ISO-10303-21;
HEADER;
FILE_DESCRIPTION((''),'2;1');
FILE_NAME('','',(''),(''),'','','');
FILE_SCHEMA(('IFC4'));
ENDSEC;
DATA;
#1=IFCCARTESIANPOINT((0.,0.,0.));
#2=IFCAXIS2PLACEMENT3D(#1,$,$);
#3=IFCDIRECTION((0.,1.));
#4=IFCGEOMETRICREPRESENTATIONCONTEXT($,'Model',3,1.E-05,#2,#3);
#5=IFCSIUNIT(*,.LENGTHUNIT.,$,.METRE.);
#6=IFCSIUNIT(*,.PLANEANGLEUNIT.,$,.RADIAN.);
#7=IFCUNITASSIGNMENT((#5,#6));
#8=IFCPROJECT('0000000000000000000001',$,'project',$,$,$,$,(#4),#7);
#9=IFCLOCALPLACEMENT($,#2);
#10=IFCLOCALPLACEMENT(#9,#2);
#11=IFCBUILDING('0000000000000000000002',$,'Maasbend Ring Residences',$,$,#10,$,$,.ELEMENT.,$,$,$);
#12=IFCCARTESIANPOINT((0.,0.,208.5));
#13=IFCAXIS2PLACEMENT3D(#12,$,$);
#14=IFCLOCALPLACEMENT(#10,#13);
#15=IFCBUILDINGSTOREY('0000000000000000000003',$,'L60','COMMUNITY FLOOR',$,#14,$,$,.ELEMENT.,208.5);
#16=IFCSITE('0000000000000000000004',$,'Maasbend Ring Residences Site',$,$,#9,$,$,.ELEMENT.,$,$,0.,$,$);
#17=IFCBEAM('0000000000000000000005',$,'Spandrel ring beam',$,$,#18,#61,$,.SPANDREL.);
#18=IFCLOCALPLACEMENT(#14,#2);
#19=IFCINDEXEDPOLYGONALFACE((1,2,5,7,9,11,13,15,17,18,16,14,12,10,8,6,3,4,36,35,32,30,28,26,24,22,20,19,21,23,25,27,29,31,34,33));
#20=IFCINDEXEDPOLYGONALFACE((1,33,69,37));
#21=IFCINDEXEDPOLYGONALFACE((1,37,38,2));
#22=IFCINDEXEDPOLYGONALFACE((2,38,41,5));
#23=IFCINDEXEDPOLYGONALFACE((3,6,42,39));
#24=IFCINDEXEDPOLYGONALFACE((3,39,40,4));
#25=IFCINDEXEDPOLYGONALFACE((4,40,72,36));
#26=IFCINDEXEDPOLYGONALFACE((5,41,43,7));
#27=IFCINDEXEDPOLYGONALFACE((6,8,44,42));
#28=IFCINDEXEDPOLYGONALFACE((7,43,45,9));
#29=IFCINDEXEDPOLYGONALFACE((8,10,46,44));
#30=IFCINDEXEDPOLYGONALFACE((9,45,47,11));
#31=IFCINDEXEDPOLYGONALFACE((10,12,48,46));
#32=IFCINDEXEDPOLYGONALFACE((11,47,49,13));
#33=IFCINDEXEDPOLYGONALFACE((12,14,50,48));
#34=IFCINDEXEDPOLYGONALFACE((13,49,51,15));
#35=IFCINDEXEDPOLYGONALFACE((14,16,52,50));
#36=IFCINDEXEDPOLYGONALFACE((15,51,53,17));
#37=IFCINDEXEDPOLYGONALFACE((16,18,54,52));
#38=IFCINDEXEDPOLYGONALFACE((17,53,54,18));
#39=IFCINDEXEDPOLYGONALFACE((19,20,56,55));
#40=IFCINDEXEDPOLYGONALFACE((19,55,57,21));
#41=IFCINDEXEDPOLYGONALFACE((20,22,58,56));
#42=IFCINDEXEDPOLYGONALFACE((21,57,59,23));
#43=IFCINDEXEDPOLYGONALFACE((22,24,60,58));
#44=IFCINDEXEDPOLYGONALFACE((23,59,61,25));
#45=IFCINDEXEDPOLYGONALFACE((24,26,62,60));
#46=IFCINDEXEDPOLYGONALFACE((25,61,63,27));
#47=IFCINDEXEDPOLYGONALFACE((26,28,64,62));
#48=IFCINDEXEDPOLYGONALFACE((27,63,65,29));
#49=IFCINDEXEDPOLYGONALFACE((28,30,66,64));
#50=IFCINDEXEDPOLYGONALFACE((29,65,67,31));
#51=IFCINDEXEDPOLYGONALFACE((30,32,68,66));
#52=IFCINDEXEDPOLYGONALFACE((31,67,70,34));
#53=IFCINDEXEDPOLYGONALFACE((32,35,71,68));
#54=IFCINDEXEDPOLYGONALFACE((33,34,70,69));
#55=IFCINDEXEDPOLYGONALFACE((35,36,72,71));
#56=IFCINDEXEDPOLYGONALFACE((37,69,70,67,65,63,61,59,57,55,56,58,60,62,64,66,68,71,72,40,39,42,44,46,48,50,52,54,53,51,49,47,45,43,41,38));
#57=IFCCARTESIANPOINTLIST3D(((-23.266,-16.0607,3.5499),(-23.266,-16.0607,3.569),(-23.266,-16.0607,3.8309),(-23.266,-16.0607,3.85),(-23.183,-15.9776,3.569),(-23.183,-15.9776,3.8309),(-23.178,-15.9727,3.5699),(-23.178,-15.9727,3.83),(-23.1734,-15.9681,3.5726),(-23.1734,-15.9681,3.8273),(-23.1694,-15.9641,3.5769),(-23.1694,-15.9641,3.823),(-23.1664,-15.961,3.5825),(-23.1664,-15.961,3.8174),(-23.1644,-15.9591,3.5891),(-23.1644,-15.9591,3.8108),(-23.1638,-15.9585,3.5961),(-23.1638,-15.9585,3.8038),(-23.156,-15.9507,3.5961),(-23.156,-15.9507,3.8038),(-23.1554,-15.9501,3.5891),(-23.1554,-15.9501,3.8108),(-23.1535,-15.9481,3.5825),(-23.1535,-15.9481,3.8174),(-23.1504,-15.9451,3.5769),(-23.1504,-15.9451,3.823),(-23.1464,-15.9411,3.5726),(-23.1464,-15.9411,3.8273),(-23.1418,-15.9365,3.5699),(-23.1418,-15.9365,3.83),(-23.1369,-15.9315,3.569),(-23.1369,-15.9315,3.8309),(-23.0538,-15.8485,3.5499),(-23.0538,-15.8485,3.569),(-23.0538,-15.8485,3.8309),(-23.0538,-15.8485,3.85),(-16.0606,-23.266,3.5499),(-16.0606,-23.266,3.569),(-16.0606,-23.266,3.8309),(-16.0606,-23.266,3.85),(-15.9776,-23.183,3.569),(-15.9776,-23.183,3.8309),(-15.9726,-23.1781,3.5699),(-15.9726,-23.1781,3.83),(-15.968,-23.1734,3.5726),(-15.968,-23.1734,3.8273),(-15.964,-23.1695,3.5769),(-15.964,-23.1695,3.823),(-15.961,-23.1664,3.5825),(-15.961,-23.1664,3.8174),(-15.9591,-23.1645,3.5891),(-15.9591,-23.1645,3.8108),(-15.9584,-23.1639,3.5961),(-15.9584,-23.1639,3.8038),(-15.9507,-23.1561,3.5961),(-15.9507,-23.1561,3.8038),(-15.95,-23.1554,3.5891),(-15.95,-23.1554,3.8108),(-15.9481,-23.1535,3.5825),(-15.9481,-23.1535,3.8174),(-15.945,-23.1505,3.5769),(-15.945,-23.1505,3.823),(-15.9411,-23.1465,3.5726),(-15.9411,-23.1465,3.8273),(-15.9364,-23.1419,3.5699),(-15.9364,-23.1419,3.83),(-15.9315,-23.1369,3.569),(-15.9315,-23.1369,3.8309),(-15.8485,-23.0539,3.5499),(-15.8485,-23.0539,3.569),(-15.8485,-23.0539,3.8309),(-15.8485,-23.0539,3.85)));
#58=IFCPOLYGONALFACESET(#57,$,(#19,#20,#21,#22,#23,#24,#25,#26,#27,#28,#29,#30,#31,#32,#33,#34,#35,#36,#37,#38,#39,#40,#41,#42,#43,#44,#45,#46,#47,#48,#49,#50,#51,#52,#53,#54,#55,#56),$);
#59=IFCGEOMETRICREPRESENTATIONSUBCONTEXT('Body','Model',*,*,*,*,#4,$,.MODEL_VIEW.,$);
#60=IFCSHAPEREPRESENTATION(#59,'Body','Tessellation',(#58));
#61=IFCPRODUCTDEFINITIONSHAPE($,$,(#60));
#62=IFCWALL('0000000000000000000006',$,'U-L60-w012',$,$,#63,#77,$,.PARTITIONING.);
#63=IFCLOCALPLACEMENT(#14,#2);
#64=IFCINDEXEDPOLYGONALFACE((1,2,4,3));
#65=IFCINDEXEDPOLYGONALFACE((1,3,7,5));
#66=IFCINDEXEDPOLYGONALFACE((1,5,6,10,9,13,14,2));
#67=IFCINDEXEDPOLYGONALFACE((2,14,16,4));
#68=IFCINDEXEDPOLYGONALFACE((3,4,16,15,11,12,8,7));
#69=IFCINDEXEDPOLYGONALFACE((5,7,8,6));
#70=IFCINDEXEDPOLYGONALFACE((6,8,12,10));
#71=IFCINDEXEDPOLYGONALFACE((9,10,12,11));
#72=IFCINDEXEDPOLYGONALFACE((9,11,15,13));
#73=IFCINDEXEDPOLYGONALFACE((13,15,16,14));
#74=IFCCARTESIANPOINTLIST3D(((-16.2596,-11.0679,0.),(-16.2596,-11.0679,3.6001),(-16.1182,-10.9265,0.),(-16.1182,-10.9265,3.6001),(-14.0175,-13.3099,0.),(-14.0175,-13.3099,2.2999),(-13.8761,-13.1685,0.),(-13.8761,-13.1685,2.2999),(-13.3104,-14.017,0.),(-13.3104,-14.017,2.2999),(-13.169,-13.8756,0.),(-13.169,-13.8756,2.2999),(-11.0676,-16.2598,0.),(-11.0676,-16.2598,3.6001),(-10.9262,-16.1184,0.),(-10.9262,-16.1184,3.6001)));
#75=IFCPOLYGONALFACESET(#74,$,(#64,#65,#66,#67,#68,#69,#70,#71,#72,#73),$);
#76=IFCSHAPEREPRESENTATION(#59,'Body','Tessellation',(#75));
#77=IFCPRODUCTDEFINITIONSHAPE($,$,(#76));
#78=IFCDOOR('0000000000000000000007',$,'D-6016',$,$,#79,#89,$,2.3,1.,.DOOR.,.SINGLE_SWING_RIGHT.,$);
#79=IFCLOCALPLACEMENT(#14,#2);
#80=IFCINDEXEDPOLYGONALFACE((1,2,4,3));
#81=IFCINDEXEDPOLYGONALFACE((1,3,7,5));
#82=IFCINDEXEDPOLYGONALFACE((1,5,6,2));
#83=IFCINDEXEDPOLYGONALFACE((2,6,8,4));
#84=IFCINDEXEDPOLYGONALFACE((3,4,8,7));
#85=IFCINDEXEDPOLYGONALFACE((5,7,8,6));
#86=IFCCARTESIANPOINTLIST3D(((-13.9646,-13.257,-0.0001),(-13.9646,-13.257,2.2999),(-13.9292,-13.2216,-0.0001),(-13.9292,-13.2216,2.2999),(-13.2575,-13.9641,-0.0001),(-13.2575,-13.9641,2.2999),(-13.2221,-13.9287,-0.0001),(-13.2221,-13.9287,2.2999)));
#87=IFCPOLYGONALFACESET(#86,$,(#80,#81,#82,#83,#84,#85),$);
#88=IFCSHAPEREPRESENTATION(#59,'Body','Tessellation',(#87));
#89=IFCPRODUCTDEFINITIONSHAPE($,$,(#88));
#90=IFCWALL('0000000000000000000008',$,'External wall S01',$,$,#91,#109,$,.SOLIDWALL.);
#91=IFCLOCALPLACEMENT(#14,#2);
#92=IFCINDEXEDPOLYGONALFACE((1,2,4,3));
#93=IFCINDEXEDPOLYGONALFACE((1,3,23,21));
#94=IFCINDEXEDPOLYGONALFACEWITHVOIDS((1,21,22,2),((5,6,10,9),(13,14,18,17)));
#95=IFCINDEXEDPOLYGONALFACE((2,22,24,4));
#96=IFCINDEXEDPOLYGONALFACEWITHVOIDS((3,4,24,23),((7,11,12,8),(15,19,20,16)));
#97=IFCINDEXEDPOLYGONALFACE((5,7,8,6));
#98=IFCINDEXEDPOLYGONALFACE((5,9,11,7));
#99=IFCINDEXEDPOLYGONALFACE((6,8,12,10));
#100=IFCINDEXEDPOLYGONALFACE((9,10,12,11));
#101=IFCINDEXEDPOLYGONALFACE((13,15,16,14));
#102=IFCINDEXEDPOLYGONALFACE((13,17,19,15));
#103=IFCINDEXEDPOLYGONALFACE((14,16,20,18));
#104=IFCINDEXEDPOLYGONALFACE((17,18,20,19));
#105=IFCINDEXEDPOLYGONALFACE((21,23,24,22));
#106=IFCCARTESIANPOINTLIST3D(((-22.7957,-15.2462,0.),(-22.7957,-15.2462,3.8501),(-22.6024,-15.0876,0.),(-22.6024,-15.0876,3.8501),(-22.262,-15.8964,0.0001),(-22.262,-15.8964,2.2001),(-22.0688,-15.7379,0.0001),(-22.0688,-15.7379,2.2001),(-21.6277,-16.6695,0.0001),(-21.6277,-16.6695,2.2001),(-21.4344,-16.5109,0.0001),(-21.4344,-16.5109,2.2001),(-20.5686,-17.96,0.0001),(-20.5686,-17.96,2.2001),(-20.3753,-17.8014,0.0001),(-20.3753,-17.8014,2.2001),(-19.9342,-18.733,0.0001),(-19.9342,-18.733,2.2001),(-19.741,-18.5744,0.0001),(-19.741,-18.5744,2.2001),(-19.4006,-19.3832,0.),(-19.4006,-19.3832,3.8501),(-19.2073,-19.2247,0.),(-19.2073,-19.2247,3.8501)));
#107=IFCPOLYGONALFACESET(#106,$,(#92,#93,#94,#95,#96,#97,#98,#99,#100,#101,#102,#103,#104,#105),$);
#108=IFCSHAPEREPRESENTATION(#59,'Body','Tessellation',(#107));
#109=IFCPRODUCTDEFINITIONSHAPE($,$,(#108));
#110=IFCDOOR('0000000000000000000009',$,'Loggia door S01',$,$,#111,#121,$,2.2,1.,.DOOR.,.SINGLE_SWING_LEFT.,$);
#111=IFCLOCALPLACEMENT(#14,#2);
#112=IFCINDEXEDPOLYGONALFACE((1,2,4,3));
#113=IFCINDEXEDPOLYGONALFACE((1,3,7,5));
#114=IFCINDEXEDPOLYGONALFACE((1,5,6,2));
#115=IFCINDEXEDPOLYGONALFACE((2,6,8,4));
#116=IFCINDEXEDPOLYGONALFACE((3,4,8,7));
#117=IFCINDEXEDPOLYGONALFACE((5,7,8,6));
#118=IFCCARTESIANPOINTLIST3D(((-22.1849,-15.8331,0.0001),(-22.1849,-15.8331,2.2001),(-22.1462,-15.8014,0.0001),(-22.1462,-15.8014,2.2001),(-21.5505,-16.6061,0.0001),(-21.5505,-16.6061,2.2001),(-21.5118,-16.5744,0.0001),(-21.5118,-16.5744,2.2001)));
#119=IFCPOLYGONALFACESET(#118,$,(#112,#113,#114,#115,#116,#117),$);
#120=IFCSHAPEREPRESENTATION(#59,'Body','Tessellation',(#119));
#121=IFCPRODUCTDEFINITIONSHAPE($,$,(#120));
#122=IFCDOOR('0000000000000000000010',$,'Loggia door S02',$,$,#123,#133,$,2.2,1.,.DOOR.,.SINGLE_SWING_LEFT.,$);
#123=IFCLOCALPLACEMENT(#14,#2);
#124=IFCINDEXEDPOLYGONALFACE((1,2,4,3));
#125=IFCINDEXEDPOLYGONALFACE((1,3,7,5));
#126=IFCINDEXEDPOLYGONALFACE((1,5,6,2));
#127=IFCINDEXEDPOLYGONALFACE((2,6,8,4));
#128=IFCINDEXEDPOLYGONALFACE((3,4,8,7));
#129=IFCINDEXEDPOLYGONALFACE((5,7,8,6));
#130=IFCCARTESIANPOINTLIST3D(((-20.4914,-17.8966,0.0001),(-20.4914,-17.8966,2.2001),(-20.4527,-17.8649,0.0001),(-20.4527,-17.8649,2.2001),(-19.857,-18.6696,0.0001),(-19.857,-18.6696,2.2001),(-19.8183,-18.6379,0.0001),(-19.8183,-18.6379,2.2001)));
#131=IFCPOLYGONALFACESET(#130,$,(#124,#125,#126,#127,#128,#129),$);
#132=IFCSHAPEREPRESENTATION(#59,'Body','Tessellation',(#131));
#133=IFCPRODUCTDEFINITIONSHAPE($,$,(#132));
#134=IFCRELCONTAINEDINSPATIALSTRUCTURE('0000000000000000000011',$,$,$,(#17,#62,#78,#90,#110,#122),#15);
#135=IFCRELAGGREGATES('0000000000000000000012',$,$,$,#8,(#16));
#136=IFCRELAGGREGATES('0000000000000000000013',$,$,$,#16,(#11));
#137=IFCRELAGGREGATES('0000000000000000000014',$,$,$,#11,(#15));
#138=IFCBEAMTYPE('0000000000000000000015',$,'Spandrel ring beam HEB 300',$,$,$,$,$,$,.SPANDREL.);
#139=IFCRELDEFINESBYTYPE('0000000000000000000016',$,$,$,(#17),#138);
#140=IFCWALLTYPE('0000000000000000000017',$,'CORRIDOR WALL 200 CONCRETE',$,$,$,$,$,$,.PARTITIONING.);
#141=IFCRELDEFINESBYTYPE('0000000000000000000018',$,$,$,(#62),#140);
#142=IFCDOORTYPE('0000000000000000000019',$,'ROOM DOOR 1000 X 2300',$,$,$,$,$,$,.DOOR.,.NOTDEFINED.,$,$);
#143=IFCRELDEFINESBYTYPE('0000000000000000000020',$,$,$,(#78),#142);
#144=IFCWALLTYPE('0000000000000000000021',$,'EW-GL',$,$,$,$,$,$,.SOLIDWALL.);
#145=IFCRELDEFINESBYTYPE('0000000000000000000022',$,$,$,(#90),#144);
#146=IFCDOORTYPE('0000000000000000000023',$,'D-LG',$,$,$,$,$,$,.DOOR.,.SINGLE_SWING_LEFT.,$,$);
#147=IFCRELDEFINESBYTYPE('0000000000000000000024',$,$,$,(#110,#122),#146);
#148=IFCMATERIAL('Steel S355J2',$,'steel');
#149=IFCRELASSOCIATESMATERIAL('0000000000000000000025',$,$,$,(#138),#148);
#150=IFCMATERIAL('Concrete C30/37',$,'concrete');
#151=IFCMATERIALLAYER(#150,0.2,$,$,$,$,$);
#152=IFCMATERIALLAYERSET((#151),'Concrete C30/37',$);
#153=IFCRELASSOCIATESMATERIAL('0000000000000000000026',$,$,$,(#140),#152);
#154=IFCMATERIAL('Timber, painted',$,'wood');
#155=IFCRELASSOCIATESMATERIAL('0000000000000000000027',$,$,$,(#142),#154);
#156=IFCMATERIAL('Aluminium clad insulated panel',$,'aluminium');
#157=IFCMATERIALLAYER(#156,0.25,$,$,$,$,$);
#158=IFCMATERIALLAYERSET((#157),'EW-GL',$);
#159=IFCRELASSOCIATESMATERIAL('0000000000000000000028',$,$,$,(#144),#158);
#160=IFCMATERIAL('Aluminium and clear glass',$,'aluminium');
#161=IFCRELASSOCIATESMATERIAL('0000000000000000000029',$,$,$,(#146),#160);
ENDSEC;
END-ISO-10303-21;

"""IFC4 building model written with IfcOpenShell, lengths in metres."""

from ifc_helpers import new_model, si_unit, direction, frame, frame_2d, origin, origin_2d, place, context, subcontext, project, spatial, rectangle, i_section, extrude, material, layer, layer_set, material_profile, profile_set, type_object, element, fill, save


model = new_model("IFC4")

# Units and contexts
model_context = context("Model", 3, precision=1e-05, world=origin(), true_north=direction((0.0, 1.0)))
body_context = subcontext(model_context, "Body", "Model", "MODEL_VIEW")
ifc_project = project(units=[si_unit("LENGTHUNIT", "METRE"), si_unit("PLANEANGLEUNIT", "RADIAN")], contexts=[model_context])

# Site, building, storey
site_placement = place(None, origin())
site = spatial("IfcSite", under=ifc_project, at=site_placement, Name="Maasbend Ring Residences Site", CompositionType="ELEMENT", RefElevation=0.0)
building_placement = place(site_placement, origin())
building = spatial("IfcBuilding", under=site, at=building_placement, Name="Maasbend Ring Residences", CompositionType="ELEMENT")
storey_placement = place(building_placement, frame((0.0, 0.0, 208.5)))
storey = spatial("IfcBuildingStorey", under=building, at=storey_placement, Name="L60", Description="COMMUNITY FLOOR", CompositionType="ELEMENT", Elevation=208.5)

# Beam
ifc_material_1 = material(Name="Steel S355J2", Category="steel")
ifc_material_profile_1 = material_profile(ifc_material_1, i_section(OverallWidth=0.3, OverallDepth=0.3, WebThickness=0.011, FlangeThickness=0.019, FilletRadius=0.0271, at=origin_2d()), Name="HEB 300")
ifc_profile_set_1 = profile_set([ifc_material_profile_1], Name="Steel S355J2")
beam_type_1 = type_object("IfcBeamType", Name="Spandrel ring beam HEB 300", PredefinedType="SPANDREL", material=ifc_profile_set_1)
beam_1_placement = place(storey_placement, frame((-23.1599, -15.9546, 3.7), z_axis=(0.707107, -0.707107, 0.0), x_axis=(0.707107, 0.707107, 0.0)))
element("IfcBeam", 1, at=beam_1_placement, inside=storey, type_object=beam_type_1, Name="Spandrel ring beam", PredefinedType="SPANDREL", context=body_context, shape_type="SweptSolid", body=[
    extrude(i_section(OverallWidth=0.3, OverallDepth=0.3, WebThickness=0.011, FlangeThickness=0.019, FilletRadius=0.0271, at=origin_2d()), origin(), (0.0, 0.0, 1.0), 10.1899),
])

# Wall, opening, door
ifc_material_2 = material(Name="Concrete C30/37", Category="concrete")
ifc_layer_1 = layer(ifc_material_2, 0.2)
ifc_layer_set_1 = layer_set([ifc_layer_1], Name="Concrete C30/37")
wall_type_1 = type_object("IfcWallType", Name="CORRIDOR WALL 200 CONCRETE", PredefinedType="PARTITIONING", material=ifc_layer_set_1)
wall_1_placement = place(storey_placement, frame((-16.189, -10.9971, 0.0), z_axis=(0.0, 0.0, 1.0), x_axis=(0.707107, -0.707107, 0.0)))
wall_1 = element("IfcWall", 2, at=wall_1_placement, inside=storey, type_object=wall_type_1, Name="U-L60-w012", PredefinedType="PARTITIONING", context=body_context, shape_type="SweptSolid", body=[
    extrude(rectangle(XDim=7.3425, YDim=0.2, at=frame_2d((3.6714, 0.0))), origin(), (0.0, 0.0, 1.0), 3.6001),
])
opening_1_placement = place(wall_1_placement, frame((3.1709, 0.0, 0.0)))
opening_1 = element("IfcOpeningElement", 3, at=opening_1_placement, cuts=wall_1, PredefinedType="OPENING", context=body_context, shape_type="SweptSolid", body=[
    extrude(rectangle(XDim=1.0, YDim=2.3, at=frame_2d((0.5, 1.1499))), frame((0.0, 0.1099, 0.0), z_axis=(0.0, -1.0, 0.0), x_axis=(1.0, 0.0, 0.0)), (0.0, 0.0, 1.0), 0.22),
])
ifc_material_3 = material(Name="Timber, painted", Category="wood")
door_type_1 = type_object("IfcDoorType", Name="ROOM DOOR 1000 X 2300", OperationType="NOTDEFINED", PredefinedType="DOOR", material=ifc_material_3)
door_1_placement = place(opening_1_placement, origin())
door_1 = element("IfcDoor", 4, at=door_1_placement, inside=storey, type_object=door_type_1, Name="D-6016", OperationType="SINGLE_SWING_RIGHT", OverallHeight=2.3, OverallWidth=1.0, PredefinedType="DOOR", context=body_context, shape_type="SweptSolid", body=[
    extrude(rectangle(XDim=1.0, YDim=2.3, at=frame_2d((0.5, 1.1499))), frame((0.0, 0.0249, 0.0), z_axis=(0.0, -1.0, 0.0), x_axis=(1.0, 0.0, 0.0)), (0.0, 0.0, 1.0), 0.05),
])
fill(opening_1, door_1)

# Wall, openings, doors
ifc_material_4 = material(Name="Aluminium clad insulated panel", Category="aluminium")
ifc_layer_2 = layer(ifc_material_4, 0.25)
ifc_layer_set_2 = layer_set([ifc_layer_2], Name="EW-GL")
wall_type_2 = type_object("IfcWallType", Name="EW-GL", PredefinedType="SOLIDWALL", material=ifc_layer_set_2)
wall_2_placement = place(storey_placement, frame((-22.699, -15.167, 0.0), z_axis=(0.0, 0.0, 1.0), x_axis=(0.634382, -0.773019, 0.0)))
wall_2 = element("IfcWall", 5, at=wall_2_placement, inside=storey, type_object=wall_type_2, Name="External wall S01", PredefinedType="SOLIDWALL", context=body_context, shape_type="SweptSolid", body=[
    extrude(rectangle(XDim=5.3518, YDim=0.25, at=frame_2d((2.6758, 0.0))), origin(), (0.0, 0.0, 1.0), 3.8501),
])
opening_2_placement = place(wall_2_placement, frame((0.8411, 0.0, 0.0)))
opening_2 = element("IfcOpeningElement", 6, at=opening_2_placement, cuts=wall_2, PredefinedType="OPENING", context=body_context, shape_type="SweptSolid", body=[
    extrude(rectangle(XDim=1.0, YDim=2.2, at=frame_2d((0.5, 1.1001))), frame((0.0, 0.135, 0.0), z_axis=(0.0, -1.0, 0.0), x_axis=(1.0, 0.0, 0.0)), (0.0, 0.0, 1.0), 0.27),
])
opening_3_placement = place(wall_2_placement, frame((3.5105, 0.0, 0.0)))
opening_3 = element("IfcOpeningElement", 7, at=opening_3_placement, cuts=wall_2, PredefinedType="OPENING", context=body_context, shape_type="SweptSolid", body=[
    extrude(rectangle(XDim=1.0, YDim=2.2, at=frame_2d((0.5, 1.1001))), frame((0.0, 0.135, 0.0), z_axis=(0.0, -1.0, 0.0), x_axis=(1.0, 0.0, 0.0)), (0.0, 0.0, 1.0), 0.27),
])
ifc_material_5 = material(Name="Aluminium and clear glass", Category="aluminium")
door_type_2 = type_object("IfcDoorType", Name="D-LG", OperationType="SINGLE_SWING_LEFT", PredefinedType="DOOR", material=ifc_material_5)
door_2_placement = place(opening_2_placement, origin())
door_2 = element("IfcDoor", 8, at=door_2_placement, inside=storey, type_object=door_type_2, Name="Loggia door S01", OperationType="SINGLE_SWING_LEFT", OverallHeight=2.2, OverallWidth=1.0, PredefinedType="DOOR", context=body_context, shape_type="SweptSolid", body=[
    extrude(rectangle(XDim=1.0, YDim=2.2, at=frame_2d((0.5, 1.1001))), frame((0.0, 0.0249, 0.0), z_axis=(0.0, -1.0, 0.0), x_axis=(1.0, 0.0, 0.0)), (0.0, 0.0, 1.0), 0.05),
])
fill(opening_2, door_2)
door_3_placement = place(opening_3_placement, origin())
door_3 = element("IfcDoor", 9, at=door_3_placement, inside=storey, type_object=door_type_2, Name="Loggia door S02", OperationType="SINGLE_SWING_LEFT", OverallHeight=2.2, OverallWidth=1.0, PredefinedType="DOOR", context=body_context, shape_type="SweptSolid", body=[
    extrude(rectangle(XDim=1.0, YDim=2.2, at=frame_2d((0.5, 1.1001))), frame((0.0, 0.0249, 0.0), z_axis=(0.0, -1.0, 0.0), x_axis=(1.0, 0.0, 0.0)), (0.0, 0.0, 1.0), 0.05),
])
fill(opening_3, door_3)

save(model, "model.ifc")
